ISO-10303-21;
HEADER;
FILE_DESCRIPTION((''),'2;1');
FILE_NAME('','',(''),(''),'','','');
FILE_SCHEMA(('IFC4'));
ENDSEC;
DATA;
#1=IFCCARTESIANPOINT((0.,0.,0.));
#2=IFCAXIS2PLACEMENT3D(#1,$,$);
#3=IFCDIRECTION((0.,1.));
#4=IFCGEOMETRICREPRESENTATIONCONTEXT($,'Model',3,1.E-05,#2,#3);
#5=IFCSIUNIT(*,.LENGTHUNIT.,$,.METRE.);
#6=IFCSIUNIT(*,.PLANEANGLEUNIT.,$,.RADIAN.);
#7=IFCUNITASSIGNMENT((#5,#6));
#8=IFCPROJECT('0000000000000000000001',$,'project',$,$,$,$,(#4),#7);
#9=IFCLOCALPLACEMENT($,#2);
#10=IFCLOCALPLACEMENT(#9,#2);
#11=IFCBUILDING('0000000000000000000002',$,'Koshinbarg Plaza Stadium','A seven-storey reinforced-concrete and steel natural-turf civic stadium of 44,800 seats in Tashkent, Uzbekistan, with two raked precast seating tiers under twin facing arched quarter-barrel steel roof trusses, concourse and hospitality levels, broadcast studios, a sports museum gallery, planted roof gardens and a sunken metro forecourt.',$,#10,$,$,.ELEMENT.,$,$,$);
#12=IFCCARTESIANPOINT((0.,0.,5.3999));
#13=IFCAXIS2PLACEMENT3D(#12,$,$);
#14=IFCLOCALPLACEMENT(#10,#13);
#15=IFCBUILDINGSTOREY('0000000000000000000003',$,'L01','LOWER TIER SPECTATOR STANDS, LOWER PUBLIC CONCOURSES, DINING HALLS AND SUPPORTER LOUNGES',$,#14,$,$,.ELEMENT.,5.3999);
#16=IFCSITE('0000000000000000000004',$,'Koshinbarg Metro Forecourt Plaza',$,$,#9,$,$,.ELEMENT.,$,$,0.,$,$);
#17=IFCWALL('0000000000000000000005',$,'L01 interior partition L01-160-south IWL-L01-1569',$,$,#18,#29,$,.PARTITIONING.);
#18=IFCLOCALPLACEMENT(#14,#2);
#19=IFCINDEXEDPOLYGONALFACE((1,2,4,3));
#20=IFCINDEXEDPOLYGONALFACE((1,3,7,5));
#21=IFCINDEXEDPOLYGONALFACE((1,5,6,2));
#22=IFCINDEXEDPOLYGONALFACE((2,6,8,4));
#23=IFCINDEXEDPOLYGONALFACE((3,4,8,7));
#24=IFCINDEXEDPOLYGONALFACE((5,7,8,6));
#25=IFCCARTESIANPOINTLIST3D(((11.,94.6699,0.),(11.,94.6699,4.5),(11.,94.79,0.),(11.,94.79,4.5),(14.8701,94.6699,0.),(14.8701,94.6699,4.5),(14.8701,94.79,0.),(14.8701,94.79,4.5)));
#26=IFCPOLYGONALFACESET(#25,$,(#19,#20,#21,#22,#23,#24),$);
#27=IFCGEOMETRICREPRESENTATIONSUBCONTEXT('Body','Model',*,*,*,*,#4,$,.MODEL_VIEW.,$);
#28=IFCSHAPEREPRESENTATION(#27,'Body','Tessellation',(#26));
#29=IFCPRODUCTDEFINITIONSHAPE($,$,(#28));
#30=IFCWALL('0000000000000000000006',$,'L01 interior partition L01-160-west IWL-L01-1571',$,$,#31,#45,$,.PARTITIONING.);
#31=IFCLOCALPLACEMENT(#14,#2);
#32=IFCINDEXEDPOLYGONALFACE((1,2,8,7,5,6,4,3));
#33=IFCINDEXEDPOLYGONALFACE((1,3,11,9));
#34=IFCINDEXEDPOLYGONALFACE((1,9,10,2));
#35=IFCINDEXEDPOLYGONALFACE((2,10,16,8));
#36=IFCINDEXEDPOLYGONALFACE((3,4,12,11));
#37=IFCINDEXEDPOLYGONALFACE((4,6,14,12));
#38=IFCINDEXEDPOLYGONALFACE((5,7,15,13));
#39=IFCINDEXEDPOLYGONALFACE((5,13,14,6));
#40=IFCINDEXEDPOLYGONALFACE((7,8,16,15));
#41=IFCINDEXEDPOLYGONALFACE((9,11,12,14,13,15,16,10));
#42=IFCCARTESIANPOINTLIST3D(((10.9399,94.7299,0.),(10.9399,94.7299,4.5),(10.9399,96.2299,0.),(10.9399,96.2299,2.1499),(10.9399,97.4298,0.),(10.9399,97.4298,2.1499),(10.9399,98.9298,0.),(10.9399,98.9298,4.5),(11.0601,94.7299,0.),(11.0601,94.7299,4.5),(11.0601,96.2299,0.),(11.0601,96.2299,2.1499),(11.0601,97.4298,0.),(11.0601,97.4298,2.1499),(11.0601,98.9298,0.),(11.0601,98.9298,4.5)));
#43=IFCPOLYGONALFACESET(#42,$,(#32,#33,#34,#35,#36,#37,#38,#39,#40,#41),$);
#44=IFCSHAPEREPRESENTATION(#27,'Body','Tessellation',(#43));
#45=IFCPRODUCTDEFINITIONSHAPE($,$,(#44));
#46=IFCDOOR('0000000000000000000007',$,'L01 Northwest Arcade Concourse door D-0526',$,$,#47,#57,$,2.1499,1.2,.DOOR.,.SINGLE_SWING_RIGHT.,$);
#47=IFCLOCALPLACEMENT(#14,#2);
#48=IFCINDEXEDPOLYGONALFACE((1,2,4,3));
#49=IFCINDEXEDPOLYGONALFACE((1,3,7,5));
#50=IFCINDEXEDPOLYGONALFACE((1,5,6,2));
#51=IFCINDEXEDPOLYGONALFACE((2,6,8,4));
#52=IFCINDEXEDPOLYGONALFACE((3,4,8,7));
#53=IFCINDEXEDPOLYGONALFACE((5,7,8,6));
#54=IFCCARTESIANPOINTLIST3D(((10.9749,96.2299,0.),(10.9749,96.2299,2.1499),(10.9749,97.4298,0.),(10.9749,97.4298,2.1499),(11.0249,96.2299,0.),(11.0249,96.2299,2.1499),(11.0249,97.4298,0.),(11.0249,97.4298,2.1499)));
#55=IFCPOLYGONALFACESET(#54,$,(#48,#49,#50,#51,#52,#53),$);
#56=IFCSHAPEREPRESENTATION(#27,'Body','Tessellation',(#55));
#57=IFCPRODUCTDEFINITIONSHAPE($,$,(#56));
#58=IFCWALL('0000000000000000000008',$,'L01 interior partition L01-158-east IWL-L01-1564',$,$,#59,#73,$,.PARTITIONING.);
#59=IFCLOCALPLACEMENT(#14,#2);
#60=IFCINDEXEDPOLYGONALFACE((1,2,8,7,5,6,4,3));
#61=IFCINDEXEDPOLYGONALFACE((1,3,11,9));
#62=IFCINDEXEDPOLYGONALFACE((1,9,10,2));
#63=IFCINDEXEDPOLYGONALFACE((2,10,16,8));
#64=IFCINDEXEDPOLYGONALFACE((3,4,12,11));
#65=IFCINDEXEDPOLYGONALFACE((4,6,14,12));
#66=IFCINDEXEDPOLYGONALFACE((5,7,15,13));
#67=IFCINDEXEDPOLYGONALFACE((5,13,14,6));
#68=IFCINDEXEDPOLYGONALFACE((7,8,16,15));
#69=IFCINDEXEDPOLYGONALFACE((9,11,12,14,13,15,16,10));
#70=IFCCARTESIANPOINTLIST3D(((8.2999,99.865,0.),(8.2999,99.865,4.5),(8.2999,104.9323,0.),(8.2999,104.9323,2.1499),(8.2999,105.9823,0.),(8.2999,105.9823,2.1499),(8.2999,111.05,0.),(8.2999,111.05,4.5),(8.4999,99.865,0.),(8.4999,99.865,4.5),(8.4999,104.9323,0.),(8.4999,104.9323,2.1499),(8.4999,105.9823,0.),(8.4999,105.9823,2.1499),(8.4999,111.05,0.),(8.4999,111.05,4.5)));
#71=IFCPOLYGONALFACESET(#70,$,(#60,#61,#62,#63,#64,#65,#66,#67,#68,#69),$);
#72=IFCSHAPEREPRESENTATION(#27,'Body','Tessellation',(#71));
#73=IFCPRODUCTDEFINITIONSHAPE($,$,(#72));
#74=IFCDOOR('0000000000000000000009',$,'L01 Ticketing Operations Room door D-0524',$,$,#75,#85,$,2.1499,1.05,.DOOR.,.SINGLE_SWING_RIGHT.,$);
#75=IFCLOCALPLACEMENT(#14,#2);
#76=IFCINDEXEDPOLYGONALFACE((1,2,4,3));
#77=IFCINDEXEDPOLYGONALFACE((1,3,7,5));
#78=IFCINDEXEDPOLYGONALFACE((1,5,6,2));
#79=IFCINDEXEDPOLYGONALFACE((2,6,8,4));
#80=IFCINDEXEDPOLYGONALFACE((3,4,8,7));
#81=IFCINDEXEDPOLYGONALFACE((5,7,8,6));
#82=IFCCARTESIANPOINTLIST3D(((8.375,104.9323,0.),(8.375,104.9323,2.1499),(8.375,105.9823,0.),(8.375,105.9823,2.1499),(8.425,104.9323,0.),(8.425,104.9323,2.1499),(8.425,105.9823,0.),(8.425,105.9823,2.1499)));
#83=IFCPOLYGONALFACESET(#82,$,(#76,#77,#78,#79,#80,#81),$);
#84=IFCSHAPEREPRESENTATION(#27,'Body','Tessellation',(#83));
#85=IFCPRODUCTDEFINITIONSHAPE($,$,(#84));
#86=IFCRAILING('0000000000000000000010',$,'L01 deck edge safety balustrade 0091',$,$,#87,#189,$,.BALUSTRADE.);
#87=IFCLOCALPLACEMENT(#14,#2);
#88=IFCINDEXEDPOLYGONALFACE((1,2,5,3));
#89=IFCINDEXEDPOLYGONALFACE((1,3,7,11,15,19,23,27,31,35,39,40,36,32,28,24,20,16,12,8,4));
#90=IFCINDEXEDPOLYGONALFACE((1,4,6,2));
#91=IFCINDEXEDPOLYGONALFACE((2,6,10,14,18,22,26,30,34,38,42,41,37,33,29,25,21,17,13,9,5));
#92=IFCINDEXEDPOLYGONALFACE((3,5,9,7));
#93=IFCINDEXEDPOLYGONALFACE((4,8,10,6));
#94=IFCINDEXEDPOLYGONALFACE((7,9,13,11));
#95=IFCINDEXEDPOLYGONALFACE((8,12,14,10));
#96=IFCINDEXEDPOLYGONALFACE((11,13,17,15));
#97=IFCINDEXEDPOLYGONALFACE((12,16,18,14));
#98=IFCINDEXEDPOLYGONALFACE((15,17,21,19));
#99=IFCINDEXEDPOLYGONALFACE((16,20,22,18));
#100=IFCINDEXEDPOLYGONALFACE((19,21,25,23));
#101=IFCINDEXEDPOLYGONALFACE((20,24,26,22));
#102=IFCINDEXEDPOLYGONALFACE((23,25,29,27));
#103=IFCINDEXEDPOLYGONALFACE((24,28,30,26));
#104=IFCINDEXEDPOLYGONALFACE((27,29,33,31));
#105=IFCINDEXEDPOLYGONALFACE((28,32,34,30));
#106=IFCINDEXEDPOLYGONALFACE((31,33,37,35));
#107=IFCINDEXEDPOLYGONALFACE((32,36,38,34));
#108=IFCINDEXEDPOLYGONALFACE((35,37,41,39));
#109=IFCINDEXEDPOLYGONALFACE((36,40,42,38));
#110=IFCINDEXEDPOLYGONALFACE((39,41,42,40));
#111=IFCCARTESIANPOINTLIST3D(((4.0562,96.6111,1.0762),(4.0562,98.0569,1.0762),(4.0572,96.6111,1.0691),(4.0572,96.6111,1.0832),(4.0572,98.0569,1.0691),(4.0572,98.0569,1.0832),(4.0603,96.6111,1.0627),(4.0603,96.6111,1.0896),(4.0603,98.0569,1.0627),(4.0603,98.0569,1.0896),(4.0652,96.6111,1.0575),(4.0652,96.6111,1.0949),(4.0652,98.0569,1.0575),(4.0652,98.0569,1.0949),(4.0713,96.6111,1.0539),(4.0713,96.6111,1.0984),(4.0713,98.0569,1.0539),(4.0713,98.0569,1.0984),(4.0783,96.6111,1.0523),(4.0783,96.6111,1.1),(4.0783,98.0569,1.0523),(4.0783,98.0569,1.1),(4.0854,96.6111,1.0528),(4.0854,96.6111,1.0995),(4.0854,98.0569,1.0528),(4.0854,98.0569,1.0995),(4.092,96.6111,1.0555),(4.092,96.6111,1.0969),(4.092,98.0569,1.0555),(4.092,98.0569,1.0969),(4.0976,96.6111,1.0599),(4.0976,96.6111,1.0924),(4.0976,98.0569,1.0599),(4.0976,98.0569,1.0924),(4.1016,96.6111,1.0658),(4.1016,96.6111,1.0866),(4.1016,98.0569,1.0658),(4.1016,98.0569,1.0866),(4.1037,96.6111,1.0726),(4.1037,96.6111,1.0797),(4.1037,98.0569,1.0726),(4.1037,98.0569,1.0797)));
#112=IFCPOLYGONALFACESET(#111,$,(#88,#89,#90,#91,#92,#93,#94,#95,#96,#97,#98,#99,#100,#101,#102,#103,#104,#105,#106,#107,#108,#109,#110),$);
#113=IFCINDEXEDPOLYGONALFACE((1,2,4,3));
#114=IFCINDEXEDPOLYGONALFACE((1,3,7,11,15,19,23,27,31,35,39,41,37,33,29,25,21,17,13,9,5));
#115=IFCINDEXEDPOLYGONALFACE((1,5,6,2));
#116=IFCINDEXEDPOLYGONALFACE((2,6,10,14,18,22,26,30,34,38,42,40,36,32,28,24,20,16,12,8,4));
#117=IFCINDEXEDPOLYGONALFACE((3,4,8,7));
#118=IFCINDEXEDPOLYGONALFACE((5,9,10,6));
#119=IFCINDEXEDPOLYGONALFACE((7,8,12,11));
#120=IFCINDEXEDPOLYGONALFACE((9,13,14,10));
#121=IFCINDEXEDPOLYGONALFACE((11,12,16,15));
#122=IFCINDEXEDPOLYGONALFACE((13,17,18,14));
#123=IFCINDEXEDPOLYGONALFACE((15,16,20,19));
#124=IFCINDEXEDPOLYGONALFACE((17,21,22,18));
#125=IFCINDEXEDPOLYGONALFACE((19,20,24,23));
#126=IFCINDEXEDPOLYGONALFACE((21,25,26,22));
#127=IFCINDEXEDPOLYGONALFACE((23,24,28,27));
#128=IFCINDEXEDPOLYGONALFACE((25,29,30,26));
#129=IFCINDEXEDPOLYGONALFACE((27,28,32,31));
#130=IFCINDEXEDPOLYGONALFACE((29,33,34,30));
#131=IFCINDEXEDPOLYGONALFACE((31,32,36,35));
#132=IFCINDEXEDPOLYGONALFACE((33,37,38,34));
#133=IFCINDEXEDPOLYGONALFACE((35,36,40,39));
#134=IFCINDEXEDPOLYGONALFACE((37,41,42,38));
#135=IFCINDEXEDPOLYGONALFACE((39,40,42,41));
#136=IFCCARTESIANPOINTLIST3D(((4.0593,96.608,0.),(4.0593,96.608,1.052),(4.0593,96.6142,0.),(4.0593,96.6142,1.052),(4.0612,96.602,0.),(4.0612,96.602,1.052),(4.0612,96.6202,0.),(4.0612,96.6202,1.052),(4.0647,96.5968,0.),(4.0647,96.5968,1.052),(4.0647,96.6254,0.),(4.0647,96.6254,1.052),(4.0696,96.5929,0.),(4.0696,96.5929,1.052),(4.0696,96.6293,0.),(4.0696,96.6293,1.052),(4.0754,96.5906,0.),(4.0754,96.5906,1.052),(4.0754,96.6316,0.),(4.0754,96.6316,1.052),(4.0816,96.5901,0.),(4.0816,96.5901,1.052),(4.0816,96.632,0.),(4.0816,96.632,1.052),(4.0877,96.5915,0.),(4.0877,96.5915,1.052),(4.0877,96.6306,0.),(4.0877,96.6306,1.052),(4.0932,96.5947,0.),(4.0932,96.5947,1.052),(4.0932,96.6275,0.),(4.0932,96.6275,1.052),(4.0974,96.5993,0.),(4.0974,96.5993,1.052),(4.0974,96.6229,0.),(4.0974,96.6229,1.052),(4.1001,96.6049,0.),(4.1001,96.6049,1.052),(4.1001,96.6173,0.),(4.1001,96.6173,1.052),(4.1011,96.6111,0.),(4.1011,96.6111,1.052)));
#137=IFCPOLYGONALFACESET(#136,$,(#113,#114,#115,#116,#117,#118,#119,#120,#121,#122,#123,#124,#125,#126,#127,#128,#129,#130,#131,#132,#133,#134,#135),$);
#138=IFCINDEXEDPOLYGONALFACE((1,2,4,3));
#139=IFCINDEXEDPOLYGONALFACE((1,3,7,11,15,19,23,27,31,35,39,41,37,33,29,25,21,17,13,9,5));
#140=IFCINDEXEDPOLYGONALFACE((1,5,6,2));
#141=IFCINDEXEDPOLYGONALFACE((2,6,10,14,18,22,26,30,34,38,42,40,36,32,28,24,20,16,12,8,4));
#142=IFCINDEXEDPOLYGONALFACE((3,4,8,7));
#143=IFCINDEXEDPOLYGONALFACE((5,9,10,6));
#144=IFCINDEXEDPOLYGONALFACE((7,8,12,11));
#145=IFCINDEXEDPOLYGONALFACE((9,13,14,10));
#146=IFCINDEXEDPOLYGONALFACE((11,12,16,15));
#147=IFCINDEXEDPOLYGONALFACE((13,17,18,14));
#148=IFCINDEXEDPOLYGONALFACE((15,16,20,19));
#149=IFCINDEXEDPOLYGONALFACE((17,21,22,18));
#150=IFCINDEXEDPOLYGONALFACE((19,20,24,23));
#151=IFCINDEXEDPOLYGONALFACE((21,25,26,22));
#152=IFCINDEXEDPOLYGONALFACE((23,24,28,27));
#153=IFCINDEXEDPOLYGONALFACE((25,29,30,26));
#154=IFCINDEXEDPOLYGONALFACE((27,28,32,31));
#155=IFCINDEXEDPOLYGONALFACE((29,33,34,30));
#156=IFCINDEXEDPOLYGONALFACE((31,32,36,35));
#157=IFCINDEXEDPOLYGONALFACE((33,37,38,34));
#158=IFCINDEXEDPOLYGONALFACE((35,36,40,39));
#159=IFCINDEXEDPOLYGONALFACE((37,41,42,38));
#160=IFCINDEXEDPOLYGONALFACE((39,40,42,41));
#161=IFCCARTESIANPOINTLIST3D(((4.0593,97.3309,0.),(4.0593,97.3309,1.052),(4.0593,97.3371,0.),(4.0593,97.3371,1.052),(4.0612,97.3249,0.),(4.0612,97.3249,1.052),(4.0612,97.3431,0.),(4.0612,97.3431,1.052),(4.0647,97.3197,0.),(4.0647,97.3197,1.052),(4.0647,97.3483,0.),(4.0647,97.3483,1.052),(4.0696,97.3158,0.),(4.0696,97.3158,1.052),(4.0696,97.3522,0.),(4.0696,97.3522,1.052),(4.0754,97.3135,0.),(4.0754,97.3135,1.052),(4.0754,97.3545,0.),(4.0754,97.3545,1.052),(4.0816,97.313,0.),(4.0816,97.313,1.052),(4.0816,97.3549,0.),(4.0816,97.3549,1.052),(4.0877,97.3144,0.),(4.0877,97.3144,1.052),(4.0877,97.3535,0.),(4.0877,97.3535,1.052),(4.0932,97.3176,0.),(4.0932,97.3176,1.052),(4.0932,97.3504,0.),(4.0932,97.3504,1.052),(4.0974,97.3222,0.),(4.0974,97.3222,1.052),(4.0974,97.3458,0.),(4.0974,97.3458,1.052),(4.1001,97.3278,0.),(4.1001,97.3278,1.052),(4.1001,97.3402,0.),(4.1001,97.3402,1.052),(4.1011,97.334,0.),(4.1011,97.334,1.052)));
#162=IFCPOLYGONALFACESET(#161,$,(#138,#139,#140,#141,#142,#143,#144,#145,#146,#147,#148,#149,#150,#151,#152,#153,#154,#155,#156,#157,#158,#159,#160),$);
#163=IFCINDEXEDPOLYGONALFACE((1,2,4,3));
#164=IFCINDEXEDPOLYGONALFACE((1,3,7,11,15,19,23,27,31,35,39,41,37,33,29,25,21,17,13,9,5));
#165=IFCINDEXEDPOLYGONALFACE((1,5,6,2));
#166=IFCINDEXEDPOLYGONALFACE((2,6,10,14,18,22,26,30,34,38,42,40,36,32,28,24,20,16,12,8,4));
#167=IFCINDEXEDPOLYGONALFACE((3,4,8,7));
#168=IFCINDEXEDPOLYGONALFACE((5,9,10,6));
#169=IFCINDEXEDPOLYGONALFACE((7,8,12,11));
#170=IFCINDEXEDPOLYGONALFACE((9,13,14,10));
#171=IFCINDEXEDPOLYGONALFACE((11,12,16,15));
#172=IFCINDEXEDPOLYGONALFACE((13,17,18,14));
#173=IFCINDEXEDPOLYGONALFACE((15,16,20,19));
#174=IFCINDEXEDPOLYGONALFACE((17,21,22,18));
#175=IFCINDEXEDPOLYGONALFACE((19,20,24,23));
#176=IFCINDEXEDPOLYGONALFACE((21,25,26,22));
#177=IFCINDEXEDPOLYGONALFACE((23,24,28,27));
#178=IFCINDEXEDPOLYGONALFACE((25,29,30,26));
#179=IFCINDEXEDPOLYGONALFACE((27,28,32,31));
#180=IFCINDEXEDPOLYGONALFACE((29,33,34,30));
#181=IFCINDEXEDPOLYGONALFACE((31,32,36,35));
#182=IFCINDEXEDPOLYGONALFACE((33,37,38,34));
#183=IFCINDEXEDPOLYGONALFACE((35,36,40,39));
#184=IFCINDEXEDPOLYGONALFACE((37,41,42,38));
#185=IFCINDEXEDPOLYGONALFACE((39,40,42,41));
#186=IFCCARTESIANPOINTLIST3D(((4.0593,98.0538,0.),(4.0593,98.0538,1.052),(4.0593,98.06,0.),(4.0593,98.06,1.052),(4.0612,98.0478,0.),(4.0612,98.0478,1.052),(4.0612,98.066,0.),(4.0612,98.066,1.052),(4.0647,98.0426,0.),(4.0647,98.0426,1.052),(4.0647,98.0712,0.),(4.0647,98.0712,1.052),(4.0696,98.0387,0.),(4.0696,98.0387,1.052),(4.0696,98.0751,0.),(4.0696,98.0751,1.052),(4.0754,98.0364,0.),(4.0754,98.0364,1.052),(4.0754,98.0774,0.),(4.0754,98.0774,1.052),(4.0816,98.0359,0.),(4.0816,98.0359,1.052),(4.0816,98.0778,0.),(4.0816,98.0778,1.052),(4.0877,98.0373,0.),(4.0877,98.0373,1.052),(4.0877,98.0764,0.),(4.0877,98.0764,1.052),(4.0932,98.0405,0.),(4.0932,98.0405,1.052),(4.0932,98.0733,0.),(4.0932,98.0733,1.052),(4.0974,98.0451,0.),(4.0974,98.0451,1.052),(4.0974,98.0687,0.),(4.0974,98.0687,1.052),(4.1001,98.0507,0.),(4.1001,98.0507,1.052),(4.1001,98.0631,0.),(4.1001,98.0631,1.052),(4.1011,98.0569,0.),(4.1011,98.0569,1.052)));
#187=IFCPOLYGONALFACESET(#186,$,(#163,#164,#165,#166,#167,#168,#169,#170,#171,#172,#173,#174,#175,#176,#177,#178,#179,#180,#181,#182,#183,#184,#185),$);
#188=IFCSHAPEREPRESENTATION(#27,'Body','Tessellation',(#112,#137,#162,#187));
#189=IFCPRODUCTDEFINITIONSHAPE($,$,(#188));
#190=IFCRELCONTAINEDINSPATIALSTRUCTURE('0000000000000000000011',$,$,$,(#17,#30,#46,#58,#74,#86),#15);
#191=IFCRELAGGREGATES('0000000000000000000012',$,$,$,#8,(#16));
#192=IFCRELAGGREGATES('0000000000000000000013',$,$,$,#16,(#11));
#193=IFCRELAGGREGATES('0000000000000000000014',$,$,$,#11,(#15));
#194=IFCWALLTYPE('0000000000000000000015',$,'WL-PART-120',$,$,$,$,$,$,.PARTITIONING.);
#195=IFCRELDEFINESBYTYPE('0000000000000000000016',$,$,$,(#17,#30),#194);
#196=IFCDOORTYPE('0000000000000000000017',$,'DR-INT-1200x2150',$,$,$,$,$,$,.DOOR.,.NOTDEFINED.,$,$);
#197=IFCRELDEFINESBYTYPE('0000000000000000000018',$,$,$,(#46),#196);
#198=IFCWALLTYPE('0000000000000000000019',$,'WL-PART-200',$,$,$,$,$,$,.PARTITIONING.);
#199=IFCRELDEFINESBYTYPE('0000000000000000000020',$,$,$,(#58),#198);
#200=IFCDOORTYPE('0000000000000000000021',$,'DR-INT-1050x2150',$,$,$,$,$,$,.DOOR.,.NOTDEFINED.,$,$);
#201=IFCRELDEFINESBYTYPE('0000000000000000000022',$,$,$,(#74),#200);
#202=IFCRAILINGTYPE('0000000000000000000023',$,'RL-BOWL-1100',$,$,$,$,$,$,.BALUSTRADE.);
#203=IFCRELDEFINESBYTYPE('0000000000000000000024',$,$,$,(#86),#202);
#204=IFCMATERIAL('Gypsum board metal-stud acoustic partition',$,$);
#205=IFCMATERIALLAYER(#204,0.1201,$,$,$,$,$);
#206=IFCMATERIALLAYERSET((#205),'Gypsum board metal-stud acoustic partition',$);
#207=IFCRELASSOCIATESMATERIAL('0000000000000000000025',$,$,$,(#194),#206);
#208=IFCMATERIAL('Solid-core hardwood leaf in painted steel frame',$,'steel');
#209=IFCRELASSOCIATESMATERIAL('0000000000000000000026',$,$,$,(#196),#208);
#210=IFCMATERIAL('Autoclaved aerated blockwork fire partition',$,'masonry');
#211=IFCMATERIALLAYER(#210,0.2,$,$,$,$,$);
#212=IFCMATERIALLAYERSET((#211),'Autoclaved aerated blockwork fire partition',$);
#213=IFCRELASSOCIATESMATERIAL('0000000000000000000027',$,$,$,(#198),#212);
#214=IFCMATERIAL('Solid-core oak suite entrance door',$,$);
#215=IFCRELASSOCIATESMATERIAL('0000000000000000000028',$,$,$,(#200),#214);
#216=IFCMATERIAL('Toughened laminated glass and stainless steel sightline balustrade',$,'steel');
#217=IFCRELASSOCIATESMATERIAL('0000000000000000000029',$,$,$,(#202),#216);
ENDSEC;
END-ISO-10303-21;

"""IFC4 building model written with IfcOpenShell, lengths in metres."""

from ifc_helpers import new_model, si_unit, direction, frame, frame_2d, origin, origin_2d, place, context, subcontext, project, spatial, rectangle, circle, extrude, material, layer, layer_set, type_object, element, fill, save


model = new_model("IFC4")

# Units and contexts
model_context = context("Model", 3, precision=1e-05, world=origin(), true_north=direction((0.0, 1.0)))
body_context = subcontext(model_context, "Body", "Model", "MODEL_VIEW")
ifc_project = project(units=[si_unit("LENGTHUNIT", "METRE"), si_unit("PLANEANGLEUNIT", "RADIAN")], contexts=[model_context])

# Site, building, storey
site_placement = place(None, origin())
site = spatial("IfcSite", under=ifc_project, at=site_placement, Name="Koshinbarg Metro Forecourt Plaza", CompositionType="ELEMENT", RefElevation=0.0)
building_placement = place(site_placement, origin())
building = spatial("IfcBuilding", under=site, at=building_placement, Name="Koshinbarg Plaza Stadium", Description="A seven-storey reinforced-concrete and steel natural-turf civic stadium of 44,800 seats in Tashkent, Uzbekistan, with two raked precast seating tiers under twin facing arched quarter-barrel steel roof trusses, concourse and hospitality levels, broadcast studios, a sports museum gallery, planted roof gardens and a sunken metro forecourt.", CompositionType="ELEMENT")
storey_placement = place(building_placement, frame((0.0, 0.0, 5.3999)))
storey = spatial("IfcBuildingStorey", under=building, at=storey_placement, Name="L01", Description="LOWER TIER SPECTATOR STANDS, LOWER PUBLIC CONCOURSES, DINING HALLS AND SUPPORTER LOUNGES", CompositionType="ELEMENT", Elevation=5.3999)

# Wall
ifc_material_1 = material(Name="Gypsum board metal-stud acoustic partition")
ifc_layer_1 = layer(ifc_material_1, 0.1201)
ifc_layer_set_1 = layer_set([ifc_layer_1], Name="Gypsum board metal-stud acoustic partition")
wall_type_1 = type_object("IfcWallType", Name="WL-PART-120", PredefinedType="PARTITIONING", material=ifc_layer_set_1)
wall_1_placement = place(storey_placement, frame((11.0, 94.73, 0.0), z_axis=(0.0, 0.0, 1.0), x_axis=(1.0, 0.0, 0.0)))
element("IfcWall", 1, at=wall_1_placement, inside=storey, type_object=wall_type_1, Name="L01 interior partition L01-160-south IWL-L01-1569", PredefinedType="PARTITIONING", context=body_context, shape_type="SweptSolid", body=[
    extrude(rectangle(XDim=3.8701, YDim=0.1201, at=frame_2d((1.9351, 0.0))), origin(), (0.0, 0.0, 1.0), 4.5),
])

# Walls, openings, doors
wall_2_placement = place(storey_placement, frame((11.0, 98.9299, 0.0), z_axis=(0.0, 0.0, 1.0), x_axis=(0.0, -1.0, 0.0)))
wall_2 = element("IfcWall", 2, at=wall_2_placement, inside=storey, type_object=wall_type_1, Name="L01 interior partition L01-160-west IWL-L01-1571", PredefinedType="PARTITIONING", context=body_context, shape_type="SweptSolid", body=[
    extrude(rectangle(XDim=4.2, YDim=0.1201, at=frame_2d((2.1001, 0.0))), origin(), (0.0, 0.0, 1.0), 4.5),
])
opening_1_placement = place(wall_2_placement, frame((1.5, 0.0, 0.0)))
opening_1 = element("IfcOpeningElement", 3, at=opening_1_placement, cuts=wall_2, PredefinedType="OPENING", context=body_context, shape_type="SweptSolid", body=[
    extrude(rectangle(XDim=1.2, YDim=2.1499, at=frame_2d((0.6001, 1.075))), frame((0.0, 0.0701, 0.0), z_axis=(0.0, -1.0, 0.0), x_axis=(1.0, 0.0, 0.0)), (0.0, 0.0, 1.0), 0.1401),
])
ifc_material_2 = material(Name="Solid-core hardwood leaf in painted steel frame", Category="steel")
door_type_1 = type_object("IfcDoorType", Name="DR-INT-1200x2150", OperationType="NOTDEFINED", PredefinedType="DOOR", material=ifc_material_2)
door_1_placement = place(opening_1_placement, origin())
door_1 = element("IfcDoor", 4, at=door_1_placement, inside=storey, type_object=door_type_1, Name="L01 Northwest Arcade Concourse door D-0526", OperationType="SINGLE_SWING_RIGHT", OverallHeight=2.1499, OverallWidth=1.2, PredefinedType="DOOR", context=body_context, shape_type="SweptSolid", body=[
    extrude(rectangle(XDim=1.2, YDim=2.1499, at=frame_2d((0.6001, 1.075))), frame((0.0, 0.0249, 0.0), z_axis=(0.0, -1.0, 0.0), x_axis=(1.0, 0.0, 0.0)), (0.0, 0.0, 1.0), 0.05),
])
fill(opening_1, door_1)
ifc_material_3 = material(Name="Autoclaved aerated blockwork fire partition", Category="masonry")
ifc_layer_2 = layer(ifc_material_3, 0.2)
ifc_layer_set_2 = layer_set([ifc_layer_2], Name="Autoclaved aerated blockwork fire partition")
wall_type_2 = type_object("IfcWallType", Name="WL-PART-200", PredefinedType="PARTITIONING", material=ifc_layer_set_2)
wall_3_placement = place(storey_placement, frame((8.3999, 99.865, 0.0), z_axis=(0.0, 0.0, 1.0), x_axis=(0.0, 1.0, 0.0)))
wall_3 = element("IfcWall", 5, at=wall_3_placement, inside=storey, type_object=wall_type_2, Name="L01 interior partition L01-158-east IWL-L01-1564", PredefinedType="PARTITIONING", context=body_context, shape_type="SweptSolid", body=[
    extrude(rectangle(XDim=11.1851, YDim=0.2, at=frame_2d((5.5925, 0.0))), origin(), (0.0, 0.0, 1.0), 4.5),
])
opening_2_placement = place(wall_3_placement, frame((5.0674, 0.0, 0.0)))
opening_2 = element("IfcOpeningElement", 6, at=opening_2_placement, cuts=wall_3, PredefinedType="OPENING", context=body_context, shape_type="SweptSolid", body=[
    extrude(rectangle(XDim=1.05, YDim=2.1499, at=frame_2d((0.5249, 1.075))), frame((0.0, 0.1099, 0.0), z_axis=(0.0, -1.0, 0.0), x_axis=(1.0, 0.0, 0.0)), (0.0, 0.0, 1.0), 0.22),
])
ifc_material_4 = material(Name="Solid-core oak suite entrance door")
door_type_2 = type_object("IfcDoorType", Name="DR-INT-1050x2150", OperationType="NOTDEFINED", PredefinedType="DOOR", material=ifc_material_4)
door_2_placement = place(opening_2_placement, origin())
door_2 = element("IfcDoor", 7, at=door_2_placement, inside=storey, type_object=door_type_2, Name="L01 Ticketing Operations Room door D-0524", OperationType="SINGLE_SWING_RIGHT", OverallHeight=2.1499, OverallWidth=1.05, PredefinedType="DOOR", context=body_context, shape_type="SweptSolid", body=[
    extrude(rectangle(XDim=1.05, YDim=2.1499, at=frame_2d((0.5249, 1.075))), frame((0.0, 0.0249, 0.0), z_axis=(0.0, -1.0, 0.0), x_axis=(1.0, 0.0, 0.0)), (0.0, 0.0, 1.0), 0.05),
])
fill(opening_2, door_2)

# Railing
ifc_material_5 = material(Name="Toughened laminated glass and stainless steel sightline balustrade", Category="steel")
railing_type = type_object("IfcRailingType", Name="RL-BOWL-1100", PredefinedType="BALUSTRADE", material=ifc_material_5)
railing_1_placement = place(storey_placement, frame((4.0801, 96.6111, 0.0)))
element("IfcRailing", 8, at=railing_1_placement, inside=storey, type_object=railing_type, Name="L01 deck edge safety balustrade 0091", PredefinedType="BALUSTRADE", context=body_context, shape_type="SweptSolid", body=[
    extrude(circle(Radius=0.0239, at=origin_2d()), frame((0.0, 0.0, 1.0762), z_axis=(0.0, 1.0, 0.0), x_axis=(-1.0, 0.0, 0.0)), (0.0, 0.0, 1.0), 1.4458),
    extrude(circle(Radius=0.021, at=origin_2d()), origin(), (0.0, 0.0, 1.0), 1.052),
    extrude(circle(Radius=0.021, at=origin_2d()), frame((0.0, 0.7229, 0.0)), (0.0, 0.0, 1.0), 1.052),
    extrude(circle(Radius=0.021, at=origin_2d()), frame((0.0, 1.4458, 0.0)), (0.0, 0.0, 1.0), 1.052),
])

save(model, "model.ifc")
